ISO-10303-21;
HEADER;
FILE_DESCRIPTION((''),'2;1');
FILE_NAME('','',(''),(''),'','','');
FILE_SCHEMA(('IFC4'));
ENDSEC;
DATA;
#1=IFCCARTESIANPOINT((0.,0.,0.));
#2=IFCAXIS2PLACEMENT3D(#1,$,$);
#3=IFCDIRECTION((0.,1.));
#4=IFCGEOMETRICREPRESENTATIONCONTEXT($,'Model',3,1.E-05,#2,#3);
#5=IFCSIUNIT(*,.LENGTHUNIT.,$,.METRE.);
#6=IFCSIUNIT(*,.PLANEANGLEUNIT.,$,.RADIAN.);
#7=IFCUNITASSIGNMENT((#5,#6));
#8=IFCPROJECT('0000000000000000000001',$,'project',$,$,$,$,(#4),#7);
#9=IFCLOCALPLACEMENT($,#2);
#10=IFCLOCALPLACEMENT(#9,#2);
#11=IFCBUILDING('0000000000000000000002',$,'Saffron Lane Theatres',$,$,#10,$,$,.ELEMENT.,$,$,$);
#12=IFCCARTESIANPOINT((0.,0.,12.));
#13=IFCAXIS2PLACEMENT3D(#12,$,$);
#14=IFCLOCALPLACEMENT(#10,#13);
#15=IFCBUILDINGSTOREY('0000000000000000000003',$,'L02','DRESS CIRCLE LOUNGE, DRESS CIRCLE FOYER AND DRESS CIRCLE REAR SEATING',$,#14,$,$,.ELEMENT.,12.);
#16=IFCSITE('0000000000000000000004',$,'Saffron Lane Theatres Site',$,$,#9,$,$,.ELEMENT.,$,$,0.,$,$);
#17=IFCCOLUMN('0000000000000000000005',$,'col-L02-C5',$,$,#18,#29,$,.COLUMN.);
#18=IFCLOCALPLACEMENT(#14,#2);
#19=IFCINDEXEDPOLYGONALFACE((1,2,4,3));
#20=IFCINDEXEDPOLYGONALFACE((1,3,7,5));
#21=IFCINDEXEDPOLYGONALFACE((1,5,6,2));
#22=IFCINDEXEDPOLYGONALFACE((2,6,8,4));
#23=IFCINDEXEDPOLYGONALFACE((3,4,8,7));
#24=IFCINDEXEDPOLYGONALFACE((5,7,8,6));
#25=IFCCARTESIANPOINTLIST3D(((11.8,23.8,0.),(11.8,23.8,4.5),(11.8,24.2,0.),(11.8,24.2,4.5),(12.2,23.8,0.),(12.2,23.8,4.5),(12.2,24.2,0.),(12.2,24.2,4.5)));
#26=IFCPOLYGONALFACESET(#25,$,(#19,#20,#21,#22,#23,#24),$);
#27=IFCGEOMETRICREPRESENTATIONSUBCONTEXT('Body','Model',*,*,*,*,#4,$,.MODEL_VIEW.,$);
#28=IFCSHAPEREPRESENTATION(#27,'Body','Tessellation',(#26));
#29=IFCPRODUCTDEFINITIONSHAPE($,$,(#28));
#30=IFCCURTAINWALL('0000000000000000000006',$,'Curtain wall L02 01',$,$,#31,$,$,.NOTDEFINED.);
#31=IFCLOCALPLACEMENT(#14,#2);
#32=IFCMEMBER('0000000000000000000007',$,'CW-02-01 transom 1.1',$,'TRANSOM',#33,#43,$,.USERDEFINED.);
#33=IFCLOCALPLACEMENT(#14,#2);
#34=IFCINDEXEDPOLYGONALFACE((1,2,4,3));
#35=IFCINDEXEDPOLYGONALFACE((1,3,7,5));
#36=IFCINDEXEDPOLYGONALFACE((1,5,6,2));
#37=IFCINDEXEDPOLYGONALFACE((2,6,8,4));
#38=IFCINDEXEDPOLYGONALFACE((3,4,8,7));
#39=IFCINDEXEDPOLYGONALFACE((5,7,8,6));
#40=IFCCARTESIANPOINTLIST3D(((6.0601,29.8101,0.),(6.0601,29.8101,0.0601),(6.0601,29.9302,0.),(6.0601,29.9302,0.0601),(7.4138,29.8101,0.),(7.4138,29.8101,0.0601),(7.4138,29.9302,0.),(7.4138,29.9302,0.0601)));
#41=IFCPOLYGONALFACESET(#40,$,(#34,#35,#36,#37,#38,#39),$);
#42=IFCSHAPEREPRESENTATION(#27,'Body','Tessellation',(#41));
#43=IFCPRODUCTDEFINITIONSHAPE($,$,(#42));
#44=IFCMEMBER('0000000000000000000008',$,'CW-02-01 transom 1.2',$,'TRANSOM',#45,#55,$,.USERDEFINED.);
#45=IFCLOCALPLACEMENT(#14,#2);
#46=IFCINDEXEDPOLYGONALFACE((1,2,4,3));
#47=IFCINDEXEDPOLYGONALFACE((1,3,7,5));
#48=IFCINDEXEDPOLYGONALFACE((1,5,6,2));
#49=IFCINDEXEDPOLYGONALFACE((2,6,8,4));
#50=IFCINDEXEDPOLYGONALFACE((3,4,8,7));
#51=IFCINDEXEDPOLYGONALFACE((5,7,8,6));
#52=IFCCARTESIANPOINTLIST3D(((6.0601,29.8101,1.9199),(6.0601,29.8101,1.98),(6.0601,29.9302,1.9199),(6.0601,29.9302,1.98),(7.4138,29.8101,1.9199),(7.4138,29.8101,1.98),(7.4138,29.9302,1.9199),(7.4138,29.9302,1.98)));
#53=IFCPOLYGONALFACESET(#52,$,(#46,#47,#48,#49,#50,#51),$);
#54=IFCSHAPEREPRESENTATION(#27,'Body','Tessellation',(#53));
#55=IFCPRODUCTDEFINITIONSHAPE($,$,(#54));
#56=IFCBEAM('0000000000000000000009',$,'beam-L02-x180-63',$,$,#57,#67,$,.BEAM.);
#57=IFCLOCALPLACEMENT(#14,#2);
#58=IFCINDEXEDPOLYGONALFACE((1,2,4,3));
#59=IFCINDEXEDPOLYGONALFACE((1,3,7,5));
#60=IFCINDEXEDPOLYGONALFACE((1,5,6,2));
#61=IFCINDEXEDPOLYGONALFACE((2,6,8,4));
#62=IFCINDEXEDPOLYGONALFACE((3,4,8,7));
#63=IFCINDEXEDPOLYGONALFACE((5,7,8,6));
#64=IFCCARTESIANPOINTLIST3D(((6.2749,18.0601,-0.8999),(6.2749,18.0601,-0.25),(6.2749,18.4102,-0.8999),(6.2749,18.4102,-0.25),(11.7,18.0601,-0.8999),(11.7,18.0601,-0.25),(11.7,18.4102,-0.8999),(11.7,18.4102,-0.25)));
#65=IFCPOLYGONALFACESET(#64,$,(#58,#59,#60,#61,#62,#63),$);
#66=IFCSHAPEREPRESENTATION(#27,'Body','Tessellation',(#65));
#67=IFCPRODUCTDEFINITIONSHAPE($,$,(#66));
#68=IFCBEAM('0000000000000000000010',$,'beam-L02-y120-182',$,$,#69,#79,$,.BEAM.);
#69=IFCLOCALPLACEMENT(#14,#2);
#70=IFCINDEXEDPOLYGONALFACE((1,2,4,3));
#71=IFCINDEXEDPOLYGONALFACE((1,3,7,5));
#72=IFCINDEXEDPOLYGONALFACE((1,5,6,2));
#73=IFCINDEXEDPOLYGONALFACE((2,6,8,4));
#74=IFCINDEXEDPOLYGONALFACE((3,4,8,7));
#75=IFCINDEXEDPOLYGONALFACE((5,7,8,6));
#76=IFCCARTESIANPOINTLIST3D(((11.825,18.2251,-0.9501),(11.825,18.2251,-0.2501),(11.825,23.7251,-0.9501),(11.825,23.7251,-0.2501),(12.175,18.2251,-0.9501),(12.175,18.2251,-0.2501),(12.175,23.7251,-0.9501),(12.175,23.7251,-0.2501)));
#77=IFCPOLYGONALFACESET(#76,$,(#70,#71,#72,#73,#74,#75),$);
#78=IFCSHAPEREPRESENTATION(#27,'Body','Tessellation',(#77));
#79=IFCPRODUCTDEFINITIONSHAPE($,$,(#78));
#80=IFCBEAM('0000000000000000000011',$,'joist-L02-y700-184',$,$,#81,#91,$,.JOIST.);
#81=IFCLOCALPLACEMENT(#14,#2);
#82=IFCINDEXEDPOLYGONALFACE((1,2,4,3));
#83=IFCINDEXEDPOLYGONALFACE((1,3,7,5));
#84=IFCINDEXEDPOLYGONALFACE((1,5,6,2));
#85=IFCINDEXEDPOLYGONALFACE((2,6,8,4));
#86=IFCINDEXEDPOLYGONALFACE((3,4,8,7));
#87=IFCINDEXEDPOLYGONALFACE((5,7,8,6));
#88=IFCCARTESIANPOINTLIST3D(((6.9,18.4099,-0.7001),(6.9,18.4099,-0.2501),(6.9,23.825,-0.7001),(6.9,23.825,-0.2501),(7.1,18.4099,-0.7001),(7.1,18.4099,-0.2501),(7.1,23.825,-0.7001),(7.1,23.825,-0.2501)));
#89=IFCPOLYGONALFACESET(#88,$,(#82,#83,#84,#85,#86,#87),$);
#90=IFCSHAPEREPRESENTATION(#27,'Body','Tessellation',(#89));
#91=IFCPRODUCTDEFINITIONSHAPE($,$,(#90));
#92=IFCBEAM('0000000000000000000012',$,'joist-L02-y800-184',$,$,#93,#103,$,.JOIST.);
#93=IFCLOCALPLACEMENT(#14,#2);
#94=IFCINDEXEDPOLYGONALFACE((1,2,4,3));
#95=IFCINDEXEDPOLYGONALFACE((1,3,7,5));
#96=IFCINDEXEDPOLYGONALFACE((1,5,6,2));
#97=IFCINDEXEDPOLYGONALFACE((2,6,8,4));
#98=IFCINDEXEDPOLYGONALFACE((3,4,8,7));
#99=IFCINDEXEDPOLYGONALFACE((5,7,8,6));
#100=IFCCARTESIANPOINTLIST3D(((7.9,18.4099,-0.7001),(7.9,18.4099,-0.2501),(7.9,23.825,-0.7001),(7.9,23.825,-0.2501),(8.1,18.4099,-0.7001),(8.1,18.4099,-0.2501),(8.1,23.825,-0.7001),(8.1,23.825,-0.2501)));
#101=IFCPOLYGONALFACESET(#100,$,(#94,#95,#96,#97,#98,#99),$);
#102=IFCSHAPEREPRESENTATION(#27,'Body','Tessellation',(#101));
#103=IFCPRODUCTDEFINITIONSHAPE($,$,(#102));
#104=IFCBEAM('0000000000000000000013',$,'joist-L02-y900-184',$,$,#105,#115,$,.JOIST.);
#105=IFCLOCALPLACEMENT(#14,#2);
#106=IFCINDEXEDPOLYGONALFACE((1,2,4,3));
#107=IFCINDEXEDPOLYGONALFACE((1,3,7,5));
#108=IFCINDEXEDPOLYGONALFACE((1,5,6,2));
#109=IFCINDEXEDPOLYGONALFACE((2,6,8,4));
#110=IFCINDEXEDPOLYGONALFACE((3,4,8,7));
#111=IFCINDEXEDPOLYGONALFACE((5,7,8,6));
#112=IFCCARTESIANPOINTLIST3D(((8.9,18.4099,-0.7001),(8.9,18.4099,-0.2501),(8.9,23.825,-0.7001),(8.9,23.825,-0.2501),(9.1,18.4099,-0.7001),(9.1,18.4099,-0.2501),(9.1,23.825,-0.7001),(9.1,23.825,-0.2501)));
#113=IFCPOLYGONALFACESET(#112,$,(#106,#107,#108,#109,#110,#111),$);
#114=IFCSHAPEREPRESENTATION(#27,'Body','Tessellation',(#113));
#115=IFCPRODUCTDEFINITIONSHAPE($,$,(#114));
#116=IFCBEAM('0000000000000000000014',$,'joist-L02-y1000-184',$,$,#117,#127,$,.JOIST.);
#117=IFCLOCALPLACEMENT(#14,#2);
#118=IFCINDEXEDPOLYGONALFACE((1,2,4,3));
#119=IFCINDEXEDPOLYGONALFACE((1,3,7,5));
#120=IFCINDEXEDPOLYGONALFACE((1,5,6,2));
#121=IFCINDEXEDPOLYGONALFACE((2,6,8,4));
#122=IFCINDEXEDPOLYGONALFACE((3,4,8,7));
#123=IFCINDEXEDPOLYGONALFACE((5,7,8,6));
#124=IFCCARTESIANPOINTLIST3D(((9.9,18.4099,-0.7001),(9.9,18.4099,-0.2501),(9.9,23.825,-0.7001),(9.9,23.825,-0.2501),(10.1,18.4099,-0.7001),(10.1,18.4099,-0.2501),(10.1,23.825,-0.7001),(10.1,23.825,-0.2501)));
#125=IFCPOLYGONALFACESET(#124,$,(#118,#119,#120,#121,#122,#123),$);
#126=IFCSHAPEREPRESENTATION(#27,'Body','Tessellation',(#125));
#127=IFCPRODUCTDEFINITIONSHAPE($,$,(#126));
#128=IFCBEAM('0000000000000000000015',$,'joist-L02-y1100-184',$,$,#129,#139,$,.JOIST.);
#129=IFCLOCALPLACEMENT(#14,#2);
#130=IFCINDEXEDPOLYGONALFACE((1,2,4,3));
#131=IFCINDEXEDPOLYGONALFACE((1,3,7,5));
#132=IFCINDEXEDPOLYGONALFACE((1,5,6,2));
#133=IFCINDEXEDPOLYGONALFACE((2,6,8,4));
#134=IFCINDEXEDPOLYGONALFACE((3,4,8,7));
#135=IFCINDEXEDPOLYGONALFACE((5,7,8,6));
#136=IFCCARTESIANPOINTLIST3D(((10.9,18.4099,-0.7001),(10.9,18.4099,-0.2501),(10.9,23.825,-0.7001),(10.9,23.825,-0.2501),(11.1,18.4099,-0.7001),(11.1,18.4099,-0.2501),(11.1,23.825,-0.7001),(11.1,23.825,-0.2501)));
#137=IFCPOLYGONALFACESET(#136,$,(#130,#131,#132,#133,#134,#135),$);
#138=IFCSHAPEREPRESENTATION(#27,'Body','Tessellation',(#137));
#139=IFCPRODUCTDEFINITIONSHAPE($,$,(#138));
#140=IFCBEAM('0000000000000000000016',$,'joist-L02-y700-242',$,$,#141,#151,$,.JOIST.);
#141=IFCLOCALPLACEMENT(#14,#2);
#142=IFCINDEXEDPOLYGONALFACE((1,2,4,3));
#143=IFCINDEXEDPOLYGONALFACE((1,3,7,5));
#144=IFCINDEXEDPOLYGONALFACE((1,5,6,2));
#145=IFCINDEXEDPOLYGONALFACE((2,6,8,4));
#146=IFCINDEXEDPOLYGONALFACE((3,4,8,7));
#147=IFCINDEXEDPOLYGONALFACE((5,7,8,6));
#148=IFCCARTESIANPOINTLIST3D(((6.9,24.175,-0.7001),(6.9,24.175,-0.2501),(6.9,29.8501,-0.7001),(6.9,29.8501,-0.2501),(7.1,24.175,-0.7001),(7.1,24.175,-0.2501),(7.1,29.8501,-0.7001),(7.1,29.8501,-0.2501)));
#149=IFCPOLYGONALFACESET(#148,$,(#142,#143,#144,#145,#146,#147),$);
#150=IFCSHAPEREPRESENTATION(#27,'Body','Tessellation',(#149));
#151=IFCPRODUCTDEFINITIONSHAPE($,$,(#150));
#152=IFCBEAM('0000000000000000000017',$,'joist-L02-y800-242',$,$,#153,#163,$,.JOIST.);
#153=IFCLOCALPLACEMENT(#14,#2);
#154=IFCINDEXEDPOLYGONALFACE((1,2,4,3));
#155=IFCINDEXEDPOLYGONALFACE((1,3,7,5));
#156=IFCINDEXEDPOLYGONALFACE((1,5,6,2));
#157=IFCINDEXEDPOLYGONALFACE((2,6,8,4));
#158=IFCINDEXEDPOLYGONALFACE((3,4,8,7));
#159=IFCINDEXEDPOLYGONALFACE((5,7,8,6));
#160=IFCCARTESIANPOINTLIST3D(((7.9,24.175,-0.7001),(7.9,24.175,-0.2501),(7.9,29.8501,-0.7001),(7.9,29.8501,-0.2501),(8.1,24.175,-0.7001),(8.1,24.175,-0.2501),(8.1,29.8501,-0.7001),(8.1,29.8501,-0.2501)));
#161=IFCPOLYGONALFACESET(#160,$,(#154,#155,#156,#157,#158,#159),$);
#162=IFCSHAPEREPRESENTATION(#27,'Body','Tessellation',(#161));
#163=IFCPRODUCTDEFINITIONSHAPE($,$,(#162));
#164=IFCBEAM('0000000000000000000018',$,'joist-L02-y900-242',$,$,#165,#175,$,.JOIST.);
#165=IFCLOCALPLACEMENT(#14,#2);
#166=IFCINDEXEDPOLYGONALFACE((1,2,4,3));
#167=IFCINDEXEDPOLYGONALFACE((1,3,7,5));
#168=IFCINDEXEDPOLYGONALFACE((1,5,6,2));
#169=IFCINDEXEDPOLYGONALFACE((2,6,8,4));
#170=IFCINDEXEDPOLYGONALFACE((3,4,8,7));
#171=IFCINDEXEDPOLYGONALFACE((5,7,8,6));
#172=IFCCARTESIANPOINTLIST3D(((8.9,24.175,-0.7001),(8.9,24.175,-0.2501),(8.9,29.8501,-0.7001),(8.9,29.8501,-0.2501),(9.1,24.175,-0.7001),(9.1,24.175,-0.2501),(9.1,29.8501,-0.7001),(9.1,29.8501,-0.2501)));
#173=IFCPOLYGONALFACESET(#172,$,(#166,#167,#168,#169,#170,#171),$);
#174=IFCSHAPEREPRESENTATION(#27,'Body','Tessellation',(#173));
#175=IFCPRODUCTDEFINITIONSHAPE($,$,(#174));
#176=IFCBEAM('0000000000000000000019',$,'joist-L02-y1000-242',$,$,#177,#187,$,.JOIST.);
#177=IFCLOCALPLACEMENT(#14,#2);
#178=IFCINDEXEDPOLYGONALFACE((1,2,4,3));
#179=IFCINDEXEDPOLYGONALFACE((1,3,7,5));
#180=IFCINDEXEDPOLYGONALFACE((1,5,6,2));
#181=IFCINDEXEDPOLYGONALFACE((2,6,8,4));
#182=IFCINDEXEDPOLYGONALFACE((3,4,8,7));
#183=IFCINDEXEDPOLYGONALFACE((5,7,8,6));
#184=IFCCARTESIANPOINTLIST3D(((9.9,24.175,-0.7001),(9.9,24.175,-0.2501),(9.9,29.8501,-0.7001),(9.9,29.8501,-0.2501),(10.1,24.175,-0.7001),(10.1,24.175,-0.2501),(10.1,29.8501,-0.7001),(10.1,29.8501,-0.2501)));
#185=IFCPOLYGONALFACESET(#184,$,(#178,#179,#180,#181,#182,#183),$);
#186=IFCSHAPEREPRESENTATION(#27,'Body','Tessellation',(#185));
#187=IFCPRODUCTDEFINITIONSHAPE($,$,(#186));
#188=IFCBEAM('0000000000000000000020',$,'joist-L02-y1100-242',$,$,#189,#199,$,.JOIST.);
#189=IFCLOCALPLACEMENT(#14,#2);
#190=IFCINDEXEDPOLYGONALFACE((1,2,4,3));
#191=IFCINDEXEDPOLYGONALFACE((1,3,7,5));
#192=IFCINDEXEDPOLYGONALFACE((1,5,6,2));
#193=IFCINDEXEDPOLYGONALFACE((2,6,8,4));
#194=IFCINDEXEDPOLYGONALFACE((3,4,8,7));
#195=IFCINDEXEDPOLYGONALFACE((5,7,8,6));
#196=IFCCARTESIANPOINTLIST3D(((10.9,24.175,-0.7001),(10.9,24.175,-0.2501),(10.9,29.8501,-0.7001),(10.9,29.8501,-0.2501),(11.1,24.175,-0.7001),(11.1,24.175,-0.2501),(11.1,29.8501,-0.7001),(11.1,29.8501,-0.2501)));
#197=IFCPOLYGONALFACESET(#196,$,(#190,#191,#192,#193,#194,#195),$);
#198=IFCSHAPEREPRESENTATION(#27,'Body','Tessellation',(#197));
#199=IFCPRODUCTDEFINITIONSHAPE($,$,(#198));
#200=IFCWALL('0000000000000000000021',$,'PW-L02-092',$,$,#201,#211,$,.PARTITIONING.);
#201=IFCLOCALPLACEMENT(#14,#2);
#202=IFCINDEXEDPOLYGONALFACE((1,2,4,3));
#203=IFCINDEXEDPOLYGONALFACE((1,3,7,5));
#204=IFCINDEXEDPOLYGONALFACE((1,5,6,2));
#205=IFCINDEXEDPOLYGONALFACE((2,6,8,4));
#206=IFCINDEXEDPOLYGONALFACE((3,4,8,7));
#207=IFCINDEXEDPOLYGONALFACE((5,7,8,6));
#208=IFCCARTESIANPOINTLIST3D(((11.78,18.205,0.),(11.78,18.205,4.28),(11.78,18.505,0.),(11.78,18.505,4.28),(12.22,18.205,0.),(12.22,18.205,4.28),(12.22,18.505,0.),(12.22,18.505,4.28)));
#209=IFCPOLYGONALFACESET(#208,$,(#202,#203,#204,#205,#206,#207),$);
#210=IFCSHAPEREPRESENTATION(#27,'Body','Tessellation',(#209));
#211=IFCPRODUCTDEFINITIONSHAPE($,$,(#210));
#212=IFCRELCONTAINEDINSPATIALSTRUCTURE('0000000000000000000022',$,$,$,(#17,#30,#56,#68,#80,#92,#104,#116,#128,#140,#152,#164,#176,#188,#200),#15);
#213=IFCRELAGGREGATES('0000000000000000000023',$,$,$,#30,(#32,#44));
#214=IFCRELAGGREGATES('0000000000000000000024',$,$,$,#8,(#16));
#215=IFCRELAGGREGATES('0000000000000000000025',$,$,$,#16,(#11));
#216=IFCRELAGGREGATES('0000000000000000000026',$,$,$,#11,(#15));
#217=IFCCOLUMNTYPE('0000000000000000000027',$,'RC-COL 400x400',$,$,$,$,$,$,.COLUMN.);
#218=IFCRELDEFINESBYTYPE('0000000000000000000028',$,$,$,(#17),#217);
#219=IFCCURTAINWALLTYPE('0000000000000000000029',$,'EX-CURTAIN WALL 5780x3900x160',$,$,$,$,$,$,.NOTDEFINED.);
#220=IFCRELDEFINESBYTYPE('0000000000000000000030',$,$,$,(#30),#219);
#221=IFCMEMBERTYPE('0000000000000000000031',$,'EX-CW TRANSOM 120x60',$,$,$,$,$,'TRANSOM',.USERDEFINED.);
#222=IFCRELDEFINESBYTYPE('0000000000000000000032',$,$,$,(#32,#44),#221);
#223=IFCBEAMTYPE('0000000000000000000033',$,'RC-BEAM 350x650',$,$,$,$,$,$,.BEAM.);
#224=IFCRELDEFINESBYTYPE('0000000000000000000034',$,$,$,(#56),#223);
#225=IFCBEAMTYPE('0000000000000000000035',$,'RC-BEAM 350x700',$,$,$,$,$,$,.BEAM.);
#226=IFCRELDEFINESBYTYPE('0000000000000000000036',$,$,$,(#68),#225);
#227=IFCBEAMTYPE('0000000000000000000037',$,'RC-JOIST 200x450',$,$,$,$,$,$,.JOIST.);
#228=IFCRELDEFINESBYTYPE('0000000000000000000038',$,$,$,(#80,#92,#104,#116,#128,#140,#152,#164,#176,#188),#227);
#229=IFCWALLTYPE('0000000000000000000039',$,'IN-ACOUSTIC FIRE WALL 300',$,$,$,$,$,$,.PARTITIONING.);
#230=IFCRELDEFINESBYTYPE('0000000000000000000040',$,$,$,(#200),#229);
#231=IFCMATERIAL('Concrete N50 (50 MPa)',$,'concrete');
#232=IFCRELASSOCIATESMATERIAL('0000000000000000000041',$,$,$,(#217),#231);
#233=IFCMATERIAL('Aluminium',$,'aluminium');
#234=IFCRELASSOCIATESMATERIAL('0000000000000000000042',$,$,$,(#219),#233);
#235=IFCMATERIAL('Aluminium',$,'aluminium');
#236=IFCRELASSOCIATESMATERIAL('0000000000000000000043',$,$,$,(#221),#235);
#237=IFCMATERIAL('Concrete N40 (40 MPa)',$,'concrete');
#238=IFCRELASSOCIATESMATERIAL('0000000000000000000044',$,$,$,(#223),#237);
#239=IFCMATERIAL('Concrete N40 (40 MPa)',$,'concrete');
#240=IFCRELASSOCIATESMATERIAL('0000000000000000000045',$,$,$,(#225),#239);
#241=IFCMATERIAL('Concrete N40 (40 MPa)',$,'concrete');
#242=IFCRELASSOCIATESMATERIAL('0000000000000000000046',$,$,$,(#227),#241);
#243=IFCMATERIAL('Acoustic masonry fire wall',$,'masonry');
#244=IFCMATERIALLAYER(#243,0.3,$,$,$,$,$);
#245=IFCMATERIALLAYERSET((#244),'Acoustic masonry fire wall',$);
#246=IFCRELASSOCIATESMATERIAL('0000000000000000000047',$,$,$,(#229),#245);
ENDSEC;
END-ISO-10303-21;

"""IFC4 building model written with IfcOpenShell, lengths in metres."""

from ifc_helpers import new_model, si_unit, direction, frame, frame_2d, origin, origin_2d, place, context, subcontext, project, spatial, rectangle, extrude, material, layer, layer_set, material_profile, profile_set, type_object, element, aggregate, save


model = new_model("IFC4")

# Units and contexts
model_context = context("Model", 3, precision=1e-05, world=origin(), true_north=direction((0.0, 1.0)))
body_context = subcontext(model_context, "Body", "Model", "MODEL_VIEW")
ifc_project = project(units=[si_unit("LENGTHUNIT", "METRE"), si_unit("PLANEANGLEUNIT", "RADIAN")], contexts=[model_context])

# Site, building, storey
site_placement = place(None, origin())
site = spatial("IfcSite", under=ifc_project, at=site_placement, Name="Saffron Lane Theatres Site", CompositionType="ELEMENT", RefElevation=0.0)
building_placement = place(site_placement, origin())
building = spatial("IfcBuilding", under=site, at=building_placement, Name="Saffron Lane Theatres", CompositionType="ELEMENT")
storey_placement = place(building_placement, frame((0.0, 0.0, 12.0)))
storey = spatial("IfcBuildingStorey", under=building, at=storey_placement, Name="L02", Description="DRESS CIRCLE LOUNGE, DRESS CIRCLE FOYER AND DRESS CIRCLE REAR SEATING", CompositionType="ELEMENT", Elevation=12.0)

# Column
ifc_material_1 = material(Name="Concrete N50 (50 MPa)", Category="concrete")
ifc_material_profile_1 = material_profile(ifc_material_1, rectangle(XDim=0.3999, YDim=0.3999, at=origin_2d()))
ifc_profile_set_1 = profile_set([ifc_material_profile_1], Name="Concrete N50 (50 MPa)")
column_type = type_object("IfcColumnType", Name="RC-COL 400x400", PredefinedType="COLUMN", material=ifc_profile_set_1)
column_placement = place(storey_placement, frame((12.0, 24.0, 0.0), z_axis=(0.0, 0.0, 1.0), x_axis=(1.0, 0.0, 0.0)))
element("IfcColumn", 1, at=column_placement, inside=storey, type_object=column_type, Name="col-L02-C5", PredefinedType="COLUMN", context=body_context, shape_type="SweptSolid", body=[
    extrude(rectangle(XDim=0.3999, YDim=0.3999, at=origin_2d()), origin(), (0.0, 0.0, 1.0), 4.5),
])

# Curtain wall, members
ifc_material_2 = material(Name="Aluminium", Category="aluminium")
curtain_wall_type = type_object("IfcCurtainWallType", Name="EX-CURTAIN WALL 5780x3900x160", PredefinedType="NOTDEFINED", material=ifc_material_2)
curtain_wall_placement = place(storey_placement, origin())
curtain_wall = element("IfcCurtainWall", 2, at=curtain_wall_placement, inside=storey, type_object=curtain_wall_type, Name="Curtain wall L02 01", PredefinedType="NOTDEFINED")
ifc_material_3 = material(Name="Aluminium", Category="aluminium")
ifc_material_profile_2 = material_profile(ifc_material_3, rectangle(XDim=0.1201, YDim=0.0601, at=origin_2d()))
ifc_profile_set_2 = profile_set([ifc_material_profile_2], Name="Aluminium")
member_type = type_object("IfcMemberType", Name="EX-CW TRANSOM 120x60", ElementType="TRANSOM", PredefinedType="USERDEFINED", material=ifc_profile_set_2)
member_1_placement = place(storey_placement, frame((6.0601, 29.8701, 0.03), z_axis=(1.0, 0.0, 0.0), x_axis=(0.0, 1.0, 0.0)))
member_1 = element("IfcMember", 3, at=member_1_placement, type_object=member_type, Name="CW-02-01 transom 1.1", ObjectType="TRANSOM", PredefinedType="USERDEFINED", context=body_context, shape_type="SweptSolid", body=[
    extrude(rectangle(XDim=0.1201, YDim=0.0601, at=origin_2d()), origin(), (0.0, 0.0, 1.0), 1.3538),
])
member_2_placement = place(storey_placement, frame((6.0601, 29.8701, 1.95), z_axis=(1.0, 0.0, 0.0), x_axis=(0.0, 1.0, 0.0)))
member_2 = element("IfcMember", 4, at=member_2_placement, type_object=member_type, Name="CW-02-01 transom 1.2", ObjectType="TRANSOM", PredefinedType="USERDEFINED", context=body_context, shape_type="SweptSolid", body=[
    extrude(rectangle(XDim=0.1201, YDim=0.0601, at=origin_2d()), origin(), (0.0, 0.0, 1.0), 1.3538),
])
aggregate(curtain_wall, [member_1, member_2])

# Beams
ifc_material_4 = material(Name="Concrete N40 (40 MPa)", Category="concrete")
ifc_material_profile_3 = material_profile(ifc_material_4, rectangle(XDim=0.3501, YDim=0.6499, at=origin_2d()))
ifc_profile_set_3 = profile_set([ifc_material_profile_3], Name="Concrete N40 (40 MPa)")
beam_type_1 = type_object("IfcBeamType", Name="RC-BEAM 350x650", PredefinedType="BEAM", material=ifc_profile_set_3)
beam_1_placement = place(storey_placement, frame((6.2749, 18.2351, -0.575), z_axis=(1.0, 0.0, 0.0), x_axis=(0.0, 1.0, 0.0)))
element("IfcBeam", 5, at=beam_1_placement, inside=storey, type_object=beam_type_1, Name="beam-L02-x180-63", PredefinedType="BEAM", context=body_context, shape_type="SweptSolid", body=[
    extrude(rectangle(XDim=0.3501, YDim=0.6499, at=origin_2d()), origin(), (0.0, 0.0, 1.0), 5.425),
])
ifc_material_5 = material(Name="Concrete N40 (40 MPa)", Category="concrete")
ifc_material_profile_4 = material_profile(ifc_material_5, rectangle(XDim=0.3501, YDim=0.7, at=origin_2d()))
ifc_profile_set_4 = profile_set([ifc_material_profile_4], Name="Concrete N40 (40 MPa)")
beam_type_2 = type_object("IfcBeamType", Name="RC-BEAM 350x700", PredefinedType="BEAM", material=ifc_profile_set_4)
beam_2_placement = place(storey_placement, frame((12.0, 18.2251, -0.6001), z_axis=(0.0, 1.0, 0.0), x_axis=(-1.0, 0.0, 0.0)))
element("IfcBeam", 6, at=beam_2_placement, inside=storey, type_object=beam_type_2, Name="beam-L02-y120-182", PredefinedType="BEAM", context=body_context, shape_type="SweptSolid", body=[
    extrude(rectangle(XDim=0.3501, YDim=0.7, at=origin_2d()), origin(), (0.0, 0.0, 1.0), 5.5),
])
ifc_material_6 = material(Name="Concrete N40 (40 MPa)", Category="concrete")
ifc_material_profile_5 = material_profile(ifc_material_6, rectangle(XDim=0.2, YDim=0.45, at=origin_2d()))
ifc_profile_set_5 = profile_set([ifc_material_profile_5], Name="Concrete N40 (40 MPa)")
beam_type_3 = type_object("IfcBeamType", Name="RC-JOIST 200x450", PredefinedType="JOIST", material=ifc_profile_set_5)
for number, where, z_axis, x_axis, name in (
    (7, (7.0, 18.4099, -0.4751), (0.0, 1.0, 0.0), (-1.0, 0.0, 0.0), "joist-L02-y700-184"),
    (8, (8.0, 18.4099, -0.4751), (0.0, 1.0, 0.0), (-1.0, 0.0, 0.0), "joist-L02-y800-184"),
    (9, (9.0, 18.4099, -0.4751), (0.0, 1.0, 0.0), (-1.0, 0.0, 0.0), "joist-L02-y900-184"),
    (10, (10.0, 18.4099, -0.4751), (0.0, 1.0, 0.0), (-1.0, 0.0, 0.0), "joist-L02-y1000-184"),
    (11, (11.0, 18.4099, -0.4751), (0.0, 1.0, 0.0), (-1.0, 0.0, 0.0), "joist-L02-y1100-184"),
):
    element("IfcBeam", number, at=place(storey_placement, frame(where, z_axis=z_axis, x_axis=x_axis)), inside=storey, type_object=beam_type_3, Name=name, PredefinedType="JOIST", context=body_context, shape_type="SweptSolid", body=[
        extrude(rectangle(XDim=0.2, YDim=0.45, at=origin_2d()), origin(), (0.0, 0.0, 1.0), 5.415),
    ])
for number, where, z_axis, x_axis, name in (
    (12, (7.0, 24.175, -0.4751), (0.0, 1.0, 0.0), (-1.0, 0.0, 0.0), "joist-L02-y700-242"),
    (13, (8.0, 24.175, -0.4751), (0.0, 1.0, 0.0), (-1.0, 0.0, 0.0), "joist-L02-y800-242"),
    (14, (9.0, 24.175, -0.4751), (0.0, 1.0, 0.0), (-1.0, 0.0, 0.0), "joist-L02-y900-242"),
    (15, (10.0, 24.175, -0.4751), (0.0, 1.0, 0.0), (-1.0, 0.0, 0.0), "joist-L02-y1000-242"),
    (16, (11.0, 24.175, -0.4751), (0.0, 1.0, 0.0), (-1.0, 0.0, 0.0), "joist-L02-y1100-242"),
):
    element("IfcBeam", number, at=place(storey_placement, frame(where, z_axis=z_axis, x_axis=x_axis)), inside=storey, type_object=beam_type_3, Name=name, PredefinedType="JOIST", context=body_context, shape_type="SweptSolid", body=[
        extrude(rectangle(XDim=0.2, YDim=0.45, at=origin_2d()), origin(), (0.0, 0.0, 1.0), 5.675),
    ])

# Wall
ifc_material_7 = material(Name="Acoustic masonry fire wall", Category="masonry")
ifc_layer_1 = layer(ifc_material_7, 0.3)
ifc_layer_set_1 = layer_set([ifc_layer_1], Name="Acoustic masonry fire wall")
wall_type_1 = type_object("IfcWallType", Name="IN-ACOUSTIC FIRE WALL 300", PredefinedType="PARTITIONING", material=ifc_layer_set_1)
wall_1_placement = place(storey_placement, frame((11.78, 18.355, 0.0), z_axis=(0.0, 0.0, 1.0), x_axis=(1.0, 0.0, 0.0)))
element("IfcWall", 17, at=wall_1_placement, inside=storey, type_object=wall_type_1, Name="PW-L02-092", PredefinedType="PARTITIONING", context=body_context, shape_type="SweptSolid", body=[
    extrude(rectangle(XDim=0.4399, YDim=0.3, at=frame_2d((0.22, 0.0))), origin(), (0.0, 0.0, 1.0), 4.28),
])

save(model, "model.ifc")
